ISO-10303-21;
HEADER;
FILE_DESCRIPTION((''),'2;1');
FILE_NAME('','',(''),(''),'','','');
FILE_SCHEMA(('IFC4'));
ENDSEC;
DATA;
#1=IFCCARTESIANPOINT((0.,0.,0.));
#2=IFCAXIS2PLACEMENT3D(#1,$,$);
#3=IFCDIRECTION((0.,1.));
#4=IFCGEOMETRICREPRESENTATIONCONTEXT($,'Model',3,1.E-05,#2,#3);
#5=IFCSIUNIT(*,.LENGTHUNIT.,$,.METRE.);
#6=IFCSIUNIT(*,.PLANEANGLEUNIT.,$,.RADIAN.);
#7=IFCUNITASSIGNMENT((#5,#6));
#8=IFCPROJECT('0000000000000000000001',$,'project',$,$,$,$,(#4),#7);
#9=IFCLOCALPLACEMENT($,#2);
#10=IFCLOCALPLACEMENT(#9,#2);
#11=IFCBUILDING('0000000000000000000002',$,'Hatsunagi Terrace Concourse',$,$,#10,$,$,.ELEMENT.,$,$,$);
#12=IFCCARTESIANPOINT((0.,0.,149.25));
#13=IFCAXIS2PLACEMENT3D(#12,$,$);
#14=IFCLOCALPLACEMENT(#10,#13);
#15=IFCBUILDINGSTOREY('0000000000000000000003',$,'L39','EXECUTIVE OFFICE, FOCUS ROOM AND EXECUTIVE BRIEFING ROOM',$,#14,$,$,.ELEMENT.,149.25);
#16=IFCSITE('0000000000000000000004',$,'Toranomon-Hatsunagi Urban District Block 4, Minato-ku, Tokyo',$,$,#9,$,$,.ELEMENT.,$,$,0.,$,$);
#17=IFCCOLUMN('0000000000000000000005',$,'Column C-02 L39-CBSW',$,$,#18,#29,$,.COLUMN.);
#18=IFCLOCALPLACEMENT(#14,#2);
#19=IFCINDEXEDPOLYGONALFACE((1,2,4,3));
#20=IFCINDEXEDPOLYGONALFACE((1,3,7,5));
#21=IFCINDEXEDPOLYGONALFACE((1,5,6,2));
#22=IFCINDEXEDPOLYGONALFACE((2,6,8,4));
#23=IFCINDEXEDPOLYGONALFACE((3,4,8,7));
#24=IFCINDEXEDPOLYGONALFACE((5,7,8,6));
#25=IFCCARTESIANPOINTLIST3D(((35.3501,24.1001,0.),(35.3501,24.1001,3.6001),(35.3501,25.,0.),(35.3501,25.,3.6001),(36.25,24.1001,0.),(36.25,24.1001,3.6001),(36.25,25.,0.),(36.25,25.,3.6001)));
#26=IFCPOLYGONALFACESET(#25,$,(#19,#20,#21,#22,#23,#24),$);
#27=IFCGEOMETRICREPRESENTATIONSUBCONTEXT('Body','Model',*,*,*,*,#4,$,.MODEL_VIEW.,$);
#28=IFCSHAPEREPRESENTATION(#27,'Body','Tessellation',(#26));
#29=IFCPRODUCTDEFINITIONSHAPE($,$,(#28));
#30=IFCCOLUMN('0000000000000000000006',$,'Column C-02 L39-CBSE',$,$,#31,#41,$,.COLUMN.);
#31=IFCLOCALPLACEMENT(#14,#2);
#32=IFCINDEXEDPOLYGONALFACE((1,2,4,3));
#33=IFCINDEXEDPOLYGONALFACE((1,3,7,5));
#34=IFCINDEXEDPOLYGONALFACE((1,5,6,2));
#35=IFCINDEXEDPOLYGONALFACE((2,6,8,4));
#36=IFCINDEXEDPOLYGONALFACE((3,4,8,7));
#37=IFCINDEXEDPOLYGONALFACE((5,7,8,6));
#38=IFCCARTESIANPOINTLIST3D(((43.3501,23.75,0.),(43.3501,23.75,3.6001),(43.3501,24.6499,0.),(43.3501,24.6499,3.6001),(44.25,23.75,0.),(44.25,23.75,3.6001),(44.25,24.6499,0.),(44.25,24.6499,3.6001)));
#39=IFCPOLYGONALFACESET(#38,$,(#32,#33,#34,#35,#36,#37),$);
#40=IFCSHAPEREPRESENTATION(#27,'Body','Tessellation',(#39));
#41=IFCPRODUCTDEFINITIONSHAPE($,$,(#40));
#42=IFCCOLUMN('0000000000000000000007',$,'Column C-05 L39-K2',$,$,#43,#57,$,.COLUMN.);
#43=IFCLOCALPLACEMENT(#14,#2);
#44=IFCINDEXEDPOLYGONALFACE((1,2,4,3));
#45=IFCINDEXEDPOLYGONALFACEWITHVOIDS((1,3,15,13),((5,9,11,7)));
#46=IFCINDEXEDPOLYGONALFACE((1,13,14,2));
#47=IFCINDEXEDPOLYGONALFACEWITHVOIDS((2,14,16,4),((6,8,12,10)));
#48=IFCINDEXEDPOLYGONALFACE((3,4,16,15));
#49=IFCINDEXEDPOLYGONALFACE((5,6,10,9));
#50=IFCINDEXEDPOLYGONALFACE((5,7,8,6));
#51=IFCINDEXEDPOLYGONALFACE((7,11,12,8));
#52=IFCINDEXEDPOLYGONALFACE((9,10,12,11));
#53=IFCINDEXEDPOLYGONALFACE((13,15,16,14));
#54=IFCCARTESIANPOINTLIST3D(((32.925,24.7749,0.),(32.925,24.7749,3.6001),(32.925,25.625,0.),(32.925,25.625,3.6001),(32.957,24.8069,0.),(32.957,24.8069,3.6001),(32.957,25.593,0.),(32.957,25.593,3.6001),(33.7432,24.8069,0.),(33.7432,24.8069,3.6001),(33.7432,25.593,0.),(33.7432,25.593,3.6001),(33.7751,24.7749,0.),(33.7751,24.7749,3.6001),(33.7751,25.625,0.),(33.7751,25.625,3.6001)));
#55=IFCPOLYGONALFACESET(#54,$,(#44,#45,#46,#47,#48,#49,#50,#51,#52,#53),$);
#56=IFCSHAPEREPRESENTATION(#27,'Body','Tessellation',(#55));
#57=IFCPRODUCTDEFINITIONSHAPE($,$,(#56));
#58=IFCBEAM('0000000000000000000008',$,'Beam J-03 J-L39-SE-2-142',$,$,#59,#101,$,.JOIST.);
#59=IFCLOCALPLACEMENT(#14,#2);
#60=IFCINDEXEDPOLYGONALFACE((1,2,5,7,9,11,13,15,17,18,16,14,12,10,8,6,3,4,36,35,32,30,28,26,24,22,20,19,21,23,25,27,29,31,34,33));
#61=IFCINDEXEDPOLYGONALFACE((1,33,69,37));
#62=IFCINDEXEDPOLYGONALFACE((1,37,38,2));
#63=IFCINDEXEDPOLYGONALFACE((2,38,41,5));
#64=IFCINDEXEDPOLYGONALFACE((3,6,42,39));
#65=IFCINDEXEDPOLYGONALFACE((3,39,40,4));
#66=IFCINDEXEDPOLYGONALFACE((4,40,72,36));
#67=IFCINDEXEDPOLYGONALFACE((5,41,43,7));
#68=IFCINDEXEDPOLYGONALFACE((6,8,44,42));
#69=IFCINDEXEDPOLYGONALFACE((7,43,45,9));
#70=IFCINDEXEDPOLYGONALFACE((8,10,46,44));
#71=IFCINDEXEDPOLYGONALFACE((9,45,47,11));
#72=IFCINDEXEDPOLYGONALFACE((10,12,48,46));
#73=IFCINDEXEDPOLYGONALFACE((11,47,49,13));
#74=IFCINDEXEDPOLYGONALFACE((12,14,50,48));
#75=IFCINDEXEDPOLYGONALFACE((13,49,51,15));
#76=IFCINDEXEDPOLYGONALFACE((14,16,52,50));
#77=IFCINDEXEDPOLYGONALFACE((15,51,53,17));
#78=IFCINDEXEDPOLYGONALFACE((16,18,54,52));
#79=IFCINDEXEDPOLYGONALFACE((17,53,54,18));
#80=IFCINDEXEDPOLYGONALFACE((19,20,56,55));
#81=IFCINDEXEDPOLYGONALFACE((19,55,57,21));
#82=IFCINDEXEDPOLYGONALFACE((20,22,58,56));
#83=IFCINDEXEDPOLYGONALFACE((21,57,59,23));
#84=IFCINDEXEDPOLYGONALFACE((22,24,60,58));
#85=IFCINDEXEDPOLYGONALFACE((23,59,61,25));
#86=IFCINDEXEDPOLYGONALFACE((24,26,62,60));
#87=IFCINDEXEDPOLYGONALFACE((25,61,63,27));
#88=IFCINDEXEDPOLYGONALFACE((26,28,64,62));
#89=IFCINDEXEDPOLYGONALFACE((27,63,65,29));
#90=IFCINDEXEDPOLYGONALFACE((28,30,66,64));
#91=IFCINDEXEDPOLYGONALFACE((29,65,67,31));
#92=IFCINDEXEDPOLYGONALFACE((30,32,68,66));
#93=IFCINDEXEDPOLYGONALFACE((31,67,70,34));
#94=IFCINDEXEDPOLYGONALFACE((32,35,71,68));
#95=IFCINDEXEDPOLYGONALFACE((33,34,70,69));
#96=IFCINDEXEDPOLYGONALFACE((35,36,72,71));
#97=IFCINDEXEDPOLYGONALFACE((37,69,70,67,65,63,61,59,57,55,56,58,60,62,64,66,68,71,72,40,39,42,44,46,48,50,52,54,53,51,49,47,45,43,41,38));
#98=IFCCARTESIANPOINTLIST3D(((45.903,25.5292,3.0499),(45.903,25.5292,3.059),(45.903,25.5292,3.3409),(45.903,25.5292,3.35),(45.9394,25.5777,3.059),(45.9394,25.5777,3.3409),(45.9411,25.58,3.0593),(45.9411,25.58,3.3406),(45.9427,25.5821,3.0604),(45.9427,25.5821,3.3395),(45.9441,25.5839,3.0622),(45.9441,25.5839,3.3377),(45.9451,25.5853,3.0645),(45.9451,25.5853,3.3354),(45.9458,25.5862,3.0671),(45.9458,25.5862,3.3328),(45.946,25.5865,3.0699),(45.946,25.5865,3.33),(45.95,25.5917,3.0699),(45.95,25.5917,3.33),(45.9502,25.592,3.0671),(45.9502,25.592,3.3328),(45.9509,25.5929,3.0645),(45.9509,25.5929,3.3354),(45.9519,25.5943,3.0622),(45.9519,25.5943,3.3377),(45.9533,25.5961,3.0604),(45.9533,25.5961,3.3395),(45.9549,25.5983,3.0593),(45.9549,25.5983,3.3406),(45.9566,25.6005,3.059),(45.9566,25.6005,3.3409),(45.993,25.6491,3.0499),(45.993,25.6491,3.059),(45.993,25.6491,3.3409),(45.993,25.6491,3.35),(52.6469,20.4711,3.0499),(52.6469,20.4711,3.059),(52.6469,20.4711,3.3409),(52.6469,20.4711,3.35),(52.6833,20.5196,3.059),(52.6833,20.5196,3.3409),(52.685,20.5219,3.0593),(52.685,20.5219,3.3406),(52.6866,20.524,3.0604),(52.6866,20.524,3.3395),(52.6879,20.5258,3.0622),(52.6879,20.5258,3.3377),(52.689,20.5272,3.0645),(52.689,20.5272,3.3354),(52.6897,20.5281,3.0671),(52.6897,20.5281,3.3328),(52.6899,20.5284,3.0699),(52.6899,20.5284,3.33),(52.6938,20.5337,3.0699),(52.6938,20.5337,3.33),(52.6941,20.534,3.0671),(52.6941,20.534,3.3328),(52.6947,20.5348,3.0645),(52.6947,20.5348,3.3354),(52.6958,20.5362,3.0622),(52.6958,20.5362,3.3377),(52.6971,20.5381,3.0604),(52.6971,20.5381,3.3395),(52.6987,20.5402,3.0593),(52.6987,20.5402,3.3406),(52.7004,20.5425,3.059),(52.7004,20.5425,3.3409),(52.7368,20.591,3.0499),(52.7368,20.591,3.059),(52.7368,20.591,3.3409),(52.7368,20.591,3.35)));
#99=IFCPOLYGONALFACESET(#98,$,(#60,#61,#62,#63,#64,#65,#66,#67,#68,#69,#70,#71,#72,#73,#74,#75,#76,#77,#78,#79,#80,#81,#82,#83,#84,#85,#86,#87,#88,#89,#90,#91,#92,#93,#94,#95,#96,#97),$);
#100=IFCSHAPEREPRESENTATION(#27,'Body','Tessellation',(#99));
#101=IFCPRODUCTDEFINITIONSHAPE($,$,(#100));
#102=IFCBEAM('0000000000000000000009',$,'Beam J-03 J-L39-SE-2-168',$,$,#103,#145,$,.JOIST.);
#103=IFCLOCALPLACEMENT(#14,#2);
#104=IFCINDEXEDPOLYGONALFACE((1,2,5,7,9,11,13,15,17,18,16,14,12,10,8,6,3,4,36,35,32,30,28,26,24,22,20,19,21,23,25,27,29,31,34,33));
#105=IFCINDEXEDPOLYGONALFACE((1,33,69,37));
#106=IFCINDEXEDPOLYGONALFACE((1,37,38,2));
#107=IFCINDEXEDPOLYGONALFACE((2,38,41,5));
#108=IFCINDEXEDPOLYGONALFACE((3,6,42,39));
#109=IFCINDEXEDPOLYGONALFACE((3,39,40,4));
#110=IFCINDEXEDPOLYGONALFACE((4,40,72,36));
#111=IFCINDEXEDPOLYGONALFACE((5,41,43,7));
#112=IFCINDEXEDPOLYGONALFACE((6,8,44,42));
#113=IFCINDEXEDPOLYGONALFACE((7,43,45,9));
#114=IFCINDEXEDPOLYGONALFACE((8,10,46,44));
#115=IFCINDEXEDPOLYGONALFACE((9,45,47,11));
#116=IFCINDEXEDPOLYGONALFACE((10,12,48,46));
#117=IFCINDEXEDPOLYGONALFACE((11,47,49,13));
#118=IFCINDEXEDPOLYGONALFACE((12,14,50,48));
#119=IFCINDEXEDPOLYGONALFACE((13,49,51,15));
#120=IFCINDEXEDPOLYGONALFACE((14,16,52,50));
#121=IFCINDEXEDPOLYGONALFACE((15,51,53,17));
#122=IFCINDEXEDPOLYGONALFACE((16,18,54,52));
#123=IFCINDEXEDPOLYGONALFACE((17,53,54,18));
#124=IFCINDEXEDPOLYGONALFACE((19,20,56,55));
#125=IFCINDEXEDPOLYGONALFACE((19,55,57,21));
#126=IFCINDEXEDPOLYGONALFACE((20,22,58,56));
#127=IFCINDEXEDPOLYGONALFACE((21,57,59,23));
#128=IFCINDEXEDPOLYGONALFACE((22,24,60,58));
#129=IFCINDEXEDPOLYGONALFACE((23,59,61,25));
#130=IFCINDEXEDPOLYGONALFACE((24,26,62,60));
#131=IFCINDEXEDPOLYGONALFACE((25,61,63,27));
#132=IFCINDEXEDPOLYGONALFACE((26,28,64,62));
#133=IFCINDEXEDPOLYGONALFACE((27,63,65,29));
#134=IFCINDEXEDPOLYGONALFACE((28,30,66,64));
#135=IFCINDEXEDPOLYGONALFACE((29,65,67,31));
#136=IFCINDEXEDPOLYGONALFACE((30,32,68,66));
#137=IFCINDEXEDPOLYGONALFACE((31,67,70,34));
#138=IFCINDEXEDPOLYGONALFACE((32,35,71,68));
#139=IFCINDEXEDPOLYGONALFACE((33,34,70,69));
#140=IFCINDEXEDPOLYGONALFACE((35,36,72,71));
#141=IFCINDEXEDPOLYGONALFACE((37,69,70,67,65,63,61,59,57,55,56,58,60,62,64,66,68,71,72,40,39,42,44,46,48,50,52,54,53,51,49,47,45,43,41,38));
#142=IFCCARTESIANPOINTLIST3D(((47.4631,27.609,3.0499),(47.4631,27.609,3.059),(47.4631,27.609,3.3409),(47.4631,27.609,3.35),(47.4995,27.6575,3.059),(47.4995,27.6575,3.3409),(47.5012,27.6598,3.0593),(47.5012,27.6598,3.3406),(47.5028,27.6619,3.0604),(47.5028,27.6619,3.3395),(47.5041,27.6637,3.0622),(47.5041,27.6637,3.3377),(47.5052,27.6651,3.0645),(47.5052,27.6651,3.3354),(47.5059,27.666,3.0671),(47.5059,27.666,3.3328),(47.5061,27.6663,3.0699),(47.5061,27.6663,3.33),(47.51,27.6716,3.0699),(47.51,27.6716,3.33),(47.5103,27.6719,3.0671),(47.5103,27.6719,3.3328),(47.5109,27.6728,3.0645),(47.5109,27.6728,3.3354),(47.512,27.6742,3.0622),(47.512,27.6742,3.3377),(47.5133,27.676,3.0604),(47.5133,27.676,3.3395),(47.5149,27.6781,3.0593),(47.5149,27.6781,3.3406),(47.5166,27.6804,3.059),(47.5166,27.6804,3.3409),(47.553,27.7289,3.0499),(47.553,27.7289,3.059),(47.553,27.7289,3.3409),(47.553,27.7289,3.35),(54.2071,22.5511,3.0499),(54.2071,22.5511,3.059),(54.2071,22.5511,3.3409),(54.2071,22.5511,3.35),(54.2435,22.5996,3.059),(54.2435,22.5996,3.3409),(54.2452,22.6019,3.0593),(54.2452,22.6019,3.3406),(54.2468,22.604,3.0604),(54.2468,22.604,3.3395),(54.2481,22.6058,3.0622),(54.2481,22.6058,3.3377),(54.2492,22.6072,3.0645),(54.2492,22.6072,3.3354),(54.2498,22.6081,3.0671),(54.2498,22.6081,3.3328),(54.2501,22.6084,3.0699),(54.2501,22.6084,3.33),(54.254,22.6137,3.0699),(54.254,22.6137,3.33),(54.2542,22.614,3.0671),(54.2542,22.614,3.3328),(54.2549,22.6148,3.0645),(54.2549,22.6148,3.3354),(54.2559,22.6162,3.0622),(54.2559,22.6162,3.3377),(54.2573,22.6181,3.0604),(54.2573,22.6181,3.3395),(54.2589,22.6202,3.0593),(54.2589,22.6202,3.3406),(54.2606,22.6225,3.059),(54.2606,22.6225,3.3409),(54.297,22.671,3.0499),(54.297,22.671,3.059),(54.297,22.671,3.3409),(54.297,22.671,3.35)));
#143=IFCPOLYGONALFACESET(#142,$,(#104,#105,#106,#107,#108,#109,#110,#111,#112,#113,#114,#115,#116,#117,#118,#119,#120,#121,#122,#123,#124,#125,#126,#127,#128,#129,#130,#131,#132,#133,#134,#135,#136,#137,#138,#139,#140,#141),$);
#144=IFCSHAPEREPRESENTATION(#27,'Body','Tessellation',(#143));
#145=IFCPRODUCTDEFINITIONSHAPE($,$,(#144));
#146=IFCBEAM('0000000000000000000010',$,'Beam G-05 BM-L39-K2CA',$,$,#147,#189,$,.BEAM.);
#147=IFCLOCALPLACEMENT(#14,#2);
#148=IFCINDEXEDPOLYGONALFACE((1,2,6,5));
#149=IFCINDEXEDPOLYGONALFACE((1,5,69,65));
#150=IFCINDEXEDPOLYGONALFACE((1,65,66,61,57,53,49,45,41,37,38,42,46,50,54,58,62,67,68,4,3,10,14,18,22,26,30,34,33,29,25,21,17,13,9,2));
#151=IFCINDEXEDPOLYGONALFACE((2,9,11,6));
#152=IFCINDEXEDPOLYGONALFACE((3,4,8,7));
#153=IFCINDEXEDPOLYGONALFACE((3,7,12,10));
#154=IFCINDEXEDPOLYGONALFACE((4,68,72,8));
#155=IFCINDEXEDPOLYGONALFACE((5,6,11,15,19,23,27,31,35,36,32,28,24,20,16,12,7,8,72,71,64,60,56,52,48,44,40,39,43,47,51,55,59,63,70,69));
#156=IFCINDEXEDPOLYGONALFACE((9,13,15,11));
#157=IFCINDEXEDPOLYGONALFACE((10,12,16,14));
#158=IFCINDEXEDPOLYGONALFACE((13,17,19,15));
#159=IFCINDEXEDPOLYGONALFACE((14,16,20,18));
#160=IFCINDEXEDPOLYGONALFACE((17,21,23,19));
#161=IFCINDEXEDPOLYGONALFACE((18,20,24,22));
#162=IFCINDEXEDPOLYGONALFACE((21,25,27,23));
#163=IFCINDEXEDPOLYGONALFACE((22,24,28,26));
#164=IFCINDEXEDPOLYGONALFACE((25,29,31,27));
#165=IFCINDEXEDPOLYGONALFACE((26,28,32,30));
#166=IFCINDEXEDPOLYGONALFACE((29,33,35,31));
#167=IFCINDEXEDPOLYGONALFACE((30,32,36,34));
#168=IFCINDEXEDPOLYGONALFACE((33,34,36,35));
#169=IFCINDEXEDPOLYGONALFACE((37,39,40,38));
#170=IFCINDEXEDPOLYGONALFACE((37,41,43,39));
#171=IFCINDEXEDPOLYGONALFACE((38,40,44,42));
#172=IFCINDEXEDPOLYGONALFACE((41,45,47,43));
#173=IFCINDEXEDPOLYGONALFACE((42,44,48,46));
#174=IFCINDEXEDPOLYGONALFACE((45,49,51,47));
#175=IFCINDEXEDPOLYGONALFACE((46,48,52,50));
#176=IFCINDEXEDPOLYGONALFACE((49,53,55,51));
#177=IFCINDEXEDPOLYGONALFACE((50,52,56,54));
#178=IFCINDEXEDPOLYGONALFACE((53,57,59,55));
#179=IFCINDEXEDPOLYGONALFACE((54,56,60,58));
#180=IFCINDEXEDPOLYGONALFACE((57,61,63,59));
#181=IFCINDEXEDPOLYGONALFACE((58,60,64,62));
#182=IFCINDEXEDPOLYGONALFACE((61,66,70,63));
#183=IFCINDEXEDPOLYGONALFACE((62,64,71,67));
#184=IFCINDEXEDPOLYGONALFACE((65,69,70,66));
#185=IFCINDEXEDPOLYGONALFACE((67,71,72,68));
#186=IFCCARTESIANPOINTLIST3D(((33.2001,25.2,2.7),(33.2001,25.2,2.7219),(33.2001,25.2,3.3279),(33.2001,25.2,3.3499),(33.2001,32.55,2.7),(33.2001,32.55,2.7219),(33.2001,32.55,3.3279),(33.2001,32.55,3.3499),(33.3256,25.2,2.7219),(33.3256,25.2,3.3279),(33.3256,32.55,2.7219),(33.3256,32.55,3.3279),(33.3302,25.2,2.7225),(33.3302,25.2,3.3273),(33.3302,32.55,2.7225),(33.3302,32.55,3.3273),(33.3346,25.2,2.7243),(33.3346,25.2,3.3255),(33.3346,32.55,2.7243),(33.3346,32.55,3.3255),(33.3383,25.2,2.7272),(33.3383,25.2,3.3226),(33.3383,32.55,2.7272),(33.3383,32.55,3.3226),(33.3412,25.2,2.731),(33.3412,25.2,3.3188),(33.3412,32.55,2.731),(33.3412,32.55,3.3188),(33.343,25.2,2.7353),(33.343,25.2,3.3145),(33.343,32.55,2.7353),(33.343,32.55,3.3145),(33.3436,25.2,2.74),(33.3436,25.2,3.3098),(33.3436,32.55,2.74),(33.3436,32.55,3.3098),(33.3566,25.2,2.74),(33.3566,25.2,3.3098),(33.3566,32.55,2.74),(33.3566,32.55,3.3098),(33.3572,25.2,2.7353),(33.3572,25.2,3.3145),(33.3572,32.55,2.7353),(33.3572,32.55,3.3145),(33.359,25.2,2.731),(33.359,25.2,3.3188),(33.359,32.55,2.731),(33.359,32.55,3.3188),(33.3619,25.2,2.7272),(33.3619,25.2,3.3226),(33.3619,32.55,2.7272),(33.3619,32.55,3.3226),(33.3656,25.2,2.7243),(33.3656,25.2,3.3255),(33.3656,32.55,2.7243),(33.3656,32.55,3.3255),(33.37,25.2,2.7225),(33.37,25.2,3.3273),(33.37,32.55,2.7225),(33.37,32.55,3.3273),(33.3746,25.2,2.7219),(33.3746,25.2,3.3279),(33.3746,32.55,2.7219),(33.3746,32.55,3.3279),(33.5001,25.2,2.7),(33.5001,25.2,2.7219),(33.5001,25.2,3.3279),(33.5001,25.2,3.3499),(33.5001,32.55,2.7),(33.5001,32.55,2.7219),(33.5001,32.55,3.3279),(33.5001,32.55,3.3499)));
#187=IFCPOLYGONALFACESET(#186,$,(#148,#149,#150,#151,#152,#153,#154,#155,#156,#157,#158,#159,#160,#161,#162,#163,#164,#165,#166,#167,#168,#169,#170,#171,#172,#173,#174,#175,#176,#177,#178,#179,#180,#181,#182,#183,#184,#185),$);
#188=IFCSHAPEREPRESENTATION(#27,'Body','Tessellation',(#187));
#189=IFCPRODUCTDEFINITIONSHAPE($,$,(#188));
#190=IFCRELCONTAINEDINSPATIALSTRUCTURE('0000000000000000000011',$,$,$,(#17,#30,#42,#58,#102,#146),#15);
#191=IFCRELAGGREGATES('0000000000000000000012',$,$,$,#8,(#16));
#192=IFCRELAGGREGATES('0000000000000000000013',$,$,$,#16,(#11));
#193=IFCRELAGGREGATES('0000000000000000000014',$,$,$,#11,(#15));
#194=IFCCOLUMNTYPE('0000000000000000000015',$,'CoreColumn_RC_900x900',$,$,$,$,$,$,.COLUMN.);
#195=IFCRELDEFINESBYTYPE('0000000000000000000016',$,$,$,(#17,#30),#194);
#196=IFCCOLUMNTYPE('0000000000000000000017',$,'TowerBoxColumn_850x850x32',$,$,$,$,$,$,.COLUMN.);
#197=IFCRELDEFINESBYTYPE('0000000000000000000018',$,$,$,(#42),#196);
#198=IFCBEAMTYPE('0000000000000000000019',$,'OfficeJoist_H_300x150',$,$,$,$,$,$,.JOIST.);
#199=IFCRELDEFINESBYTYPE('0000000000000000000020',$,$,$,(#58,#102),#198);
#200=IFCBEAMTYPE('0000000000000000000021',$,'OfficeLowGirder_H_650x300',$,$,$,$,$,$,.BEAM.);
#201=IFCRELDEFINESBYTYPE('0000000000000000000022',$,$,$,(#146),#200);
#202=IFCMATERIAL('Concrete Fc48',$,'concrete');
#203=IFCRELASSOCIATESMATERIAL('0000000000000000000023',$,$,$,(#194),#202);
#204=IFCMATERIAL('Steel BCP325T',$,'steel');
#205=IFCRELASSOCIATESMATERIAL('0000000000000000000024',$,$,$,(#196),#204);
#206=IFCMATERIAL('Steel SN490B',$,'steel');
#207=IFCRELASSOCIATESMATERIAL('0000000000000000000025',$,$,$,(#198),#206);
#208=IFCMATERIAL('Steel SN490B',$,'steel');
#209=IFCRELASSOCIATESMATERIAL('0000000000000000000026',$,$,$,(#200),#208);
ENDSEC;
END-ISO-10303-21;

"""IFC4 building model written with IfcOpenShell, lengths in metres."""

from ifc_helpers import new_model, si_unit, direction, frame, origin, origin_2d, place, context, subcontext, project, spatial, rectangle, hollow_rectangle, i_section, extrude, material, material_profile, profile_set, type_object, element, save


model = new_model("IFC4")

# Units and contexts
model_context = context("Model", 3, precision=1e-05, world=origin(), true_north=direction((0.0, 1.0)))
body_context = subcontext(model_context, "Body", "Model", "MODEL_VIEW")
ifc_project = project(units=[si_unit("LENGTHUNIT", "METRE"), si_unit("PLANEANGLEUNIT", "RADIAN")], contexts=[model_context])

# Site, building, storey
site_placement = place(None, origin())
site = spatial("IfcSite", under=ifc_project, at=site_placement, Name="Toranomon-Hatsunagi Urban District Block 4, Minato-ku, Tokyo", CompositionType="ELEMENT", RefElevation=0.0)
building_placement = place(site_placement, origin())
building = spatial("IfcBuilding", under=site, at=building_placement, Name="Hatsunagi Terrace Concourse", CompositionType="ELEMENT")
storey_placement = place(building_placement, frame((0.0, 0.0, 149.25)))
storey = spatial("IfcBuildingStorey", under=building, at=storey_placement, Name="L39", Description="EXECUTIVE OFFICE, FOCUS ROOM AND EXECUTIVE BRIEFING ROOM", CompositionType="ELEMENT", Elevation=149.25)

# Columns
ifc_material_1 = material(Name="Concrete Fc48", Category="concrete")
ifc_material_profile_1 = material_profile(ifc_material_1, rectangle(XDim=0.8999, YDim=0.8999, at=origin_2d()), Name="RC-900x900")
ifc_profile_set_1 = profile_set([ifc_material_profile_1], Name="Concrete Fc48")
column_type_1 = type_object("IfcColumnType", Name="CoreColumn_RC_900x900", PredefinedType="COLUMN", material=ifc_profile_set_1)
for number, where, z_axis, x_axis, name in (
    (1, (35.8, 24.55, 0.0), (0.0, 0.0, 1.0), (1.0, 0.0, 0.0), "Column C-02 L39-CBSW"),
    (2, (43.8, 24.2, 0.0), (0.0, 0.0, 1.0), (1.0, 0.0, 0.0), "Column C-02 L39-CBSE"),
):
    element("IfcColumn", number, at=place(storey_placement, frame(where, z_axis=z_axis, x_axis=x_axis)), inside=storey, type_object=column_type_1, Name=name, PredefinedType="COLUMN", context=body_context, shape_type="SweptSolid", body=[
        extrude(rectangle(XDim=0.8999, YDim=0.8999, at=origin_2d()), origin(), (0.0, 0.0, 1.0), 3.6001),
    ])
ifc_material_2 = material(Name="Steel BCP325T", Category="steel")
ifc_material_profile_2 = material_profile(ifc_material_2, hollow_rectangle(XDim=0.8501, YDim=0.8501, WallThickness=0.032, at=origin_2d()), Name="BCP-850x850x32")
ifc_profile_set_2 = profile_set([ifc_material_profile_2], Name="Steel BCP325T")
column_type_2 = type_object("IfcColumnType", Name="TowerBoxColumn_850x850x32", PredefinedType="COLUMN", material=ifc_profile_set_2)
column_placement = place(storey_placement, frame((33.3501, 25.2, 0.0), z_axis=(0.0, 0.0, 1.0), x_axis=(1.0, 0.0, 0.0)))
element("IfcColumn", 3, at=column_placement, inside=storey, type_object=column_type_2, Name="Column C-05 L39-K2", PredefinedType="COLUMN", context=body_context, shape_type="SweptSolid", body=[
    extrude(hollow_rectangle(XDim=0.8501, YDim=0.8501, WallThickness=0.032, at=origin_2d()), origin(), (0.0, 0.0, 1.0), 3.6001),
])

# Beams
ifc_material_3 = material(Name="Steel SN490B", Category="steel")
ifc_material_profile_3 = material_profile(ifc_material_3, i_section(OverallWidth=0.1499, OverallDepth=0.3, WebThickness=0.0066, FlangeThickness=0.009, FilletRadius=0.011, at=origin_2d()), Name="H-300x150x6.5x9")
ifc_profile_set_3 = profile_set([ifc_material_profile_3], Name="Steel SN490B")
beam_type_1 = type_object("IfcBeamType", Name="OfficeJoist_H_300x150", PredefinedType="JOIST", material=ifc_profile_set_3)
for number, where, z_axis, x_axis, name in (
    (4, (45.948, 25.5891, 3.2), (0.79999, -0.600014, 0.0), (0.600014, 0.79999, 0.0), "Beam J-03 J-L39-SE-2-142"),
    (5, (47.5081, 27.6689, 3.2), (0.800003, -0.599995, 0.0), (0.599995, 0.800003, 0.0), "Beam J-03 J-L39-SE-2-168"),
):
    element("IfcBeam", number, at=place(storey_placement, frame(where, z_axis=z_axis, x_axis=x_axis)), inside=storey, type_object=beam_type_1, Name=name, PredefinedType="JOIST", context=body_context, shape_type="SweptSolid", body=[
        extrude(i_section(OverallWidth=0.1499, OverallDepth=0.3, WebThickness=0.0066, FlangeThickness=0.009, FilletRadius=0.011, at=origin_2d()), origin(), (0.0, 0.0, 1.0), 8.4299),
    ])
ifc_material_4 = material(Name="Steel SN490B", Category="steel")
ifc_material_profile_4 = material_profile(ifc_material_4, i_section(OverallWidth=0.3, OverallDepth=0.6499, WebThickness=0.0129, FlangeThickness=0.022, FilletRadius=0.0181, at=origin_2d()), Name="H-650x300x13x22")
ifc_profile_set_4 = profile_set([ifc_material_profile_4], Name="Steel SN490B")
beam_type_2 = type_object("IfcBeamType", Name="OfficeLowGirder_H_650x300", PredefinedType="BEAM", material=ifc_profile_set_4)
beam_1_placement = place(storey_placement, frame((33.3501, 25.2, 3.0249), z_axis=(0.0, 1.0, 0.0), x_axis=(-1.0, 0.0, 0.0)))
element("IfcBeam", 6, at=beam_1_placement, inside=storey, type_object=beam_type_2, Name="Beam G-05 BM-L39-K2CA", PredefinedType="BEAM", context=body_context, shape_type="SweptSolid", body=[
    extrude(i_section(OverallWidth=0.3, OverallDepth=0.6499, WebThickness=0.0129, FlangeThickness=0.022, FilletRadius=0.0181, at=origin_2d()), origin(), (0.0, 0.0, 1.0), 7.3501),
])

save(model, "model.ifc")
